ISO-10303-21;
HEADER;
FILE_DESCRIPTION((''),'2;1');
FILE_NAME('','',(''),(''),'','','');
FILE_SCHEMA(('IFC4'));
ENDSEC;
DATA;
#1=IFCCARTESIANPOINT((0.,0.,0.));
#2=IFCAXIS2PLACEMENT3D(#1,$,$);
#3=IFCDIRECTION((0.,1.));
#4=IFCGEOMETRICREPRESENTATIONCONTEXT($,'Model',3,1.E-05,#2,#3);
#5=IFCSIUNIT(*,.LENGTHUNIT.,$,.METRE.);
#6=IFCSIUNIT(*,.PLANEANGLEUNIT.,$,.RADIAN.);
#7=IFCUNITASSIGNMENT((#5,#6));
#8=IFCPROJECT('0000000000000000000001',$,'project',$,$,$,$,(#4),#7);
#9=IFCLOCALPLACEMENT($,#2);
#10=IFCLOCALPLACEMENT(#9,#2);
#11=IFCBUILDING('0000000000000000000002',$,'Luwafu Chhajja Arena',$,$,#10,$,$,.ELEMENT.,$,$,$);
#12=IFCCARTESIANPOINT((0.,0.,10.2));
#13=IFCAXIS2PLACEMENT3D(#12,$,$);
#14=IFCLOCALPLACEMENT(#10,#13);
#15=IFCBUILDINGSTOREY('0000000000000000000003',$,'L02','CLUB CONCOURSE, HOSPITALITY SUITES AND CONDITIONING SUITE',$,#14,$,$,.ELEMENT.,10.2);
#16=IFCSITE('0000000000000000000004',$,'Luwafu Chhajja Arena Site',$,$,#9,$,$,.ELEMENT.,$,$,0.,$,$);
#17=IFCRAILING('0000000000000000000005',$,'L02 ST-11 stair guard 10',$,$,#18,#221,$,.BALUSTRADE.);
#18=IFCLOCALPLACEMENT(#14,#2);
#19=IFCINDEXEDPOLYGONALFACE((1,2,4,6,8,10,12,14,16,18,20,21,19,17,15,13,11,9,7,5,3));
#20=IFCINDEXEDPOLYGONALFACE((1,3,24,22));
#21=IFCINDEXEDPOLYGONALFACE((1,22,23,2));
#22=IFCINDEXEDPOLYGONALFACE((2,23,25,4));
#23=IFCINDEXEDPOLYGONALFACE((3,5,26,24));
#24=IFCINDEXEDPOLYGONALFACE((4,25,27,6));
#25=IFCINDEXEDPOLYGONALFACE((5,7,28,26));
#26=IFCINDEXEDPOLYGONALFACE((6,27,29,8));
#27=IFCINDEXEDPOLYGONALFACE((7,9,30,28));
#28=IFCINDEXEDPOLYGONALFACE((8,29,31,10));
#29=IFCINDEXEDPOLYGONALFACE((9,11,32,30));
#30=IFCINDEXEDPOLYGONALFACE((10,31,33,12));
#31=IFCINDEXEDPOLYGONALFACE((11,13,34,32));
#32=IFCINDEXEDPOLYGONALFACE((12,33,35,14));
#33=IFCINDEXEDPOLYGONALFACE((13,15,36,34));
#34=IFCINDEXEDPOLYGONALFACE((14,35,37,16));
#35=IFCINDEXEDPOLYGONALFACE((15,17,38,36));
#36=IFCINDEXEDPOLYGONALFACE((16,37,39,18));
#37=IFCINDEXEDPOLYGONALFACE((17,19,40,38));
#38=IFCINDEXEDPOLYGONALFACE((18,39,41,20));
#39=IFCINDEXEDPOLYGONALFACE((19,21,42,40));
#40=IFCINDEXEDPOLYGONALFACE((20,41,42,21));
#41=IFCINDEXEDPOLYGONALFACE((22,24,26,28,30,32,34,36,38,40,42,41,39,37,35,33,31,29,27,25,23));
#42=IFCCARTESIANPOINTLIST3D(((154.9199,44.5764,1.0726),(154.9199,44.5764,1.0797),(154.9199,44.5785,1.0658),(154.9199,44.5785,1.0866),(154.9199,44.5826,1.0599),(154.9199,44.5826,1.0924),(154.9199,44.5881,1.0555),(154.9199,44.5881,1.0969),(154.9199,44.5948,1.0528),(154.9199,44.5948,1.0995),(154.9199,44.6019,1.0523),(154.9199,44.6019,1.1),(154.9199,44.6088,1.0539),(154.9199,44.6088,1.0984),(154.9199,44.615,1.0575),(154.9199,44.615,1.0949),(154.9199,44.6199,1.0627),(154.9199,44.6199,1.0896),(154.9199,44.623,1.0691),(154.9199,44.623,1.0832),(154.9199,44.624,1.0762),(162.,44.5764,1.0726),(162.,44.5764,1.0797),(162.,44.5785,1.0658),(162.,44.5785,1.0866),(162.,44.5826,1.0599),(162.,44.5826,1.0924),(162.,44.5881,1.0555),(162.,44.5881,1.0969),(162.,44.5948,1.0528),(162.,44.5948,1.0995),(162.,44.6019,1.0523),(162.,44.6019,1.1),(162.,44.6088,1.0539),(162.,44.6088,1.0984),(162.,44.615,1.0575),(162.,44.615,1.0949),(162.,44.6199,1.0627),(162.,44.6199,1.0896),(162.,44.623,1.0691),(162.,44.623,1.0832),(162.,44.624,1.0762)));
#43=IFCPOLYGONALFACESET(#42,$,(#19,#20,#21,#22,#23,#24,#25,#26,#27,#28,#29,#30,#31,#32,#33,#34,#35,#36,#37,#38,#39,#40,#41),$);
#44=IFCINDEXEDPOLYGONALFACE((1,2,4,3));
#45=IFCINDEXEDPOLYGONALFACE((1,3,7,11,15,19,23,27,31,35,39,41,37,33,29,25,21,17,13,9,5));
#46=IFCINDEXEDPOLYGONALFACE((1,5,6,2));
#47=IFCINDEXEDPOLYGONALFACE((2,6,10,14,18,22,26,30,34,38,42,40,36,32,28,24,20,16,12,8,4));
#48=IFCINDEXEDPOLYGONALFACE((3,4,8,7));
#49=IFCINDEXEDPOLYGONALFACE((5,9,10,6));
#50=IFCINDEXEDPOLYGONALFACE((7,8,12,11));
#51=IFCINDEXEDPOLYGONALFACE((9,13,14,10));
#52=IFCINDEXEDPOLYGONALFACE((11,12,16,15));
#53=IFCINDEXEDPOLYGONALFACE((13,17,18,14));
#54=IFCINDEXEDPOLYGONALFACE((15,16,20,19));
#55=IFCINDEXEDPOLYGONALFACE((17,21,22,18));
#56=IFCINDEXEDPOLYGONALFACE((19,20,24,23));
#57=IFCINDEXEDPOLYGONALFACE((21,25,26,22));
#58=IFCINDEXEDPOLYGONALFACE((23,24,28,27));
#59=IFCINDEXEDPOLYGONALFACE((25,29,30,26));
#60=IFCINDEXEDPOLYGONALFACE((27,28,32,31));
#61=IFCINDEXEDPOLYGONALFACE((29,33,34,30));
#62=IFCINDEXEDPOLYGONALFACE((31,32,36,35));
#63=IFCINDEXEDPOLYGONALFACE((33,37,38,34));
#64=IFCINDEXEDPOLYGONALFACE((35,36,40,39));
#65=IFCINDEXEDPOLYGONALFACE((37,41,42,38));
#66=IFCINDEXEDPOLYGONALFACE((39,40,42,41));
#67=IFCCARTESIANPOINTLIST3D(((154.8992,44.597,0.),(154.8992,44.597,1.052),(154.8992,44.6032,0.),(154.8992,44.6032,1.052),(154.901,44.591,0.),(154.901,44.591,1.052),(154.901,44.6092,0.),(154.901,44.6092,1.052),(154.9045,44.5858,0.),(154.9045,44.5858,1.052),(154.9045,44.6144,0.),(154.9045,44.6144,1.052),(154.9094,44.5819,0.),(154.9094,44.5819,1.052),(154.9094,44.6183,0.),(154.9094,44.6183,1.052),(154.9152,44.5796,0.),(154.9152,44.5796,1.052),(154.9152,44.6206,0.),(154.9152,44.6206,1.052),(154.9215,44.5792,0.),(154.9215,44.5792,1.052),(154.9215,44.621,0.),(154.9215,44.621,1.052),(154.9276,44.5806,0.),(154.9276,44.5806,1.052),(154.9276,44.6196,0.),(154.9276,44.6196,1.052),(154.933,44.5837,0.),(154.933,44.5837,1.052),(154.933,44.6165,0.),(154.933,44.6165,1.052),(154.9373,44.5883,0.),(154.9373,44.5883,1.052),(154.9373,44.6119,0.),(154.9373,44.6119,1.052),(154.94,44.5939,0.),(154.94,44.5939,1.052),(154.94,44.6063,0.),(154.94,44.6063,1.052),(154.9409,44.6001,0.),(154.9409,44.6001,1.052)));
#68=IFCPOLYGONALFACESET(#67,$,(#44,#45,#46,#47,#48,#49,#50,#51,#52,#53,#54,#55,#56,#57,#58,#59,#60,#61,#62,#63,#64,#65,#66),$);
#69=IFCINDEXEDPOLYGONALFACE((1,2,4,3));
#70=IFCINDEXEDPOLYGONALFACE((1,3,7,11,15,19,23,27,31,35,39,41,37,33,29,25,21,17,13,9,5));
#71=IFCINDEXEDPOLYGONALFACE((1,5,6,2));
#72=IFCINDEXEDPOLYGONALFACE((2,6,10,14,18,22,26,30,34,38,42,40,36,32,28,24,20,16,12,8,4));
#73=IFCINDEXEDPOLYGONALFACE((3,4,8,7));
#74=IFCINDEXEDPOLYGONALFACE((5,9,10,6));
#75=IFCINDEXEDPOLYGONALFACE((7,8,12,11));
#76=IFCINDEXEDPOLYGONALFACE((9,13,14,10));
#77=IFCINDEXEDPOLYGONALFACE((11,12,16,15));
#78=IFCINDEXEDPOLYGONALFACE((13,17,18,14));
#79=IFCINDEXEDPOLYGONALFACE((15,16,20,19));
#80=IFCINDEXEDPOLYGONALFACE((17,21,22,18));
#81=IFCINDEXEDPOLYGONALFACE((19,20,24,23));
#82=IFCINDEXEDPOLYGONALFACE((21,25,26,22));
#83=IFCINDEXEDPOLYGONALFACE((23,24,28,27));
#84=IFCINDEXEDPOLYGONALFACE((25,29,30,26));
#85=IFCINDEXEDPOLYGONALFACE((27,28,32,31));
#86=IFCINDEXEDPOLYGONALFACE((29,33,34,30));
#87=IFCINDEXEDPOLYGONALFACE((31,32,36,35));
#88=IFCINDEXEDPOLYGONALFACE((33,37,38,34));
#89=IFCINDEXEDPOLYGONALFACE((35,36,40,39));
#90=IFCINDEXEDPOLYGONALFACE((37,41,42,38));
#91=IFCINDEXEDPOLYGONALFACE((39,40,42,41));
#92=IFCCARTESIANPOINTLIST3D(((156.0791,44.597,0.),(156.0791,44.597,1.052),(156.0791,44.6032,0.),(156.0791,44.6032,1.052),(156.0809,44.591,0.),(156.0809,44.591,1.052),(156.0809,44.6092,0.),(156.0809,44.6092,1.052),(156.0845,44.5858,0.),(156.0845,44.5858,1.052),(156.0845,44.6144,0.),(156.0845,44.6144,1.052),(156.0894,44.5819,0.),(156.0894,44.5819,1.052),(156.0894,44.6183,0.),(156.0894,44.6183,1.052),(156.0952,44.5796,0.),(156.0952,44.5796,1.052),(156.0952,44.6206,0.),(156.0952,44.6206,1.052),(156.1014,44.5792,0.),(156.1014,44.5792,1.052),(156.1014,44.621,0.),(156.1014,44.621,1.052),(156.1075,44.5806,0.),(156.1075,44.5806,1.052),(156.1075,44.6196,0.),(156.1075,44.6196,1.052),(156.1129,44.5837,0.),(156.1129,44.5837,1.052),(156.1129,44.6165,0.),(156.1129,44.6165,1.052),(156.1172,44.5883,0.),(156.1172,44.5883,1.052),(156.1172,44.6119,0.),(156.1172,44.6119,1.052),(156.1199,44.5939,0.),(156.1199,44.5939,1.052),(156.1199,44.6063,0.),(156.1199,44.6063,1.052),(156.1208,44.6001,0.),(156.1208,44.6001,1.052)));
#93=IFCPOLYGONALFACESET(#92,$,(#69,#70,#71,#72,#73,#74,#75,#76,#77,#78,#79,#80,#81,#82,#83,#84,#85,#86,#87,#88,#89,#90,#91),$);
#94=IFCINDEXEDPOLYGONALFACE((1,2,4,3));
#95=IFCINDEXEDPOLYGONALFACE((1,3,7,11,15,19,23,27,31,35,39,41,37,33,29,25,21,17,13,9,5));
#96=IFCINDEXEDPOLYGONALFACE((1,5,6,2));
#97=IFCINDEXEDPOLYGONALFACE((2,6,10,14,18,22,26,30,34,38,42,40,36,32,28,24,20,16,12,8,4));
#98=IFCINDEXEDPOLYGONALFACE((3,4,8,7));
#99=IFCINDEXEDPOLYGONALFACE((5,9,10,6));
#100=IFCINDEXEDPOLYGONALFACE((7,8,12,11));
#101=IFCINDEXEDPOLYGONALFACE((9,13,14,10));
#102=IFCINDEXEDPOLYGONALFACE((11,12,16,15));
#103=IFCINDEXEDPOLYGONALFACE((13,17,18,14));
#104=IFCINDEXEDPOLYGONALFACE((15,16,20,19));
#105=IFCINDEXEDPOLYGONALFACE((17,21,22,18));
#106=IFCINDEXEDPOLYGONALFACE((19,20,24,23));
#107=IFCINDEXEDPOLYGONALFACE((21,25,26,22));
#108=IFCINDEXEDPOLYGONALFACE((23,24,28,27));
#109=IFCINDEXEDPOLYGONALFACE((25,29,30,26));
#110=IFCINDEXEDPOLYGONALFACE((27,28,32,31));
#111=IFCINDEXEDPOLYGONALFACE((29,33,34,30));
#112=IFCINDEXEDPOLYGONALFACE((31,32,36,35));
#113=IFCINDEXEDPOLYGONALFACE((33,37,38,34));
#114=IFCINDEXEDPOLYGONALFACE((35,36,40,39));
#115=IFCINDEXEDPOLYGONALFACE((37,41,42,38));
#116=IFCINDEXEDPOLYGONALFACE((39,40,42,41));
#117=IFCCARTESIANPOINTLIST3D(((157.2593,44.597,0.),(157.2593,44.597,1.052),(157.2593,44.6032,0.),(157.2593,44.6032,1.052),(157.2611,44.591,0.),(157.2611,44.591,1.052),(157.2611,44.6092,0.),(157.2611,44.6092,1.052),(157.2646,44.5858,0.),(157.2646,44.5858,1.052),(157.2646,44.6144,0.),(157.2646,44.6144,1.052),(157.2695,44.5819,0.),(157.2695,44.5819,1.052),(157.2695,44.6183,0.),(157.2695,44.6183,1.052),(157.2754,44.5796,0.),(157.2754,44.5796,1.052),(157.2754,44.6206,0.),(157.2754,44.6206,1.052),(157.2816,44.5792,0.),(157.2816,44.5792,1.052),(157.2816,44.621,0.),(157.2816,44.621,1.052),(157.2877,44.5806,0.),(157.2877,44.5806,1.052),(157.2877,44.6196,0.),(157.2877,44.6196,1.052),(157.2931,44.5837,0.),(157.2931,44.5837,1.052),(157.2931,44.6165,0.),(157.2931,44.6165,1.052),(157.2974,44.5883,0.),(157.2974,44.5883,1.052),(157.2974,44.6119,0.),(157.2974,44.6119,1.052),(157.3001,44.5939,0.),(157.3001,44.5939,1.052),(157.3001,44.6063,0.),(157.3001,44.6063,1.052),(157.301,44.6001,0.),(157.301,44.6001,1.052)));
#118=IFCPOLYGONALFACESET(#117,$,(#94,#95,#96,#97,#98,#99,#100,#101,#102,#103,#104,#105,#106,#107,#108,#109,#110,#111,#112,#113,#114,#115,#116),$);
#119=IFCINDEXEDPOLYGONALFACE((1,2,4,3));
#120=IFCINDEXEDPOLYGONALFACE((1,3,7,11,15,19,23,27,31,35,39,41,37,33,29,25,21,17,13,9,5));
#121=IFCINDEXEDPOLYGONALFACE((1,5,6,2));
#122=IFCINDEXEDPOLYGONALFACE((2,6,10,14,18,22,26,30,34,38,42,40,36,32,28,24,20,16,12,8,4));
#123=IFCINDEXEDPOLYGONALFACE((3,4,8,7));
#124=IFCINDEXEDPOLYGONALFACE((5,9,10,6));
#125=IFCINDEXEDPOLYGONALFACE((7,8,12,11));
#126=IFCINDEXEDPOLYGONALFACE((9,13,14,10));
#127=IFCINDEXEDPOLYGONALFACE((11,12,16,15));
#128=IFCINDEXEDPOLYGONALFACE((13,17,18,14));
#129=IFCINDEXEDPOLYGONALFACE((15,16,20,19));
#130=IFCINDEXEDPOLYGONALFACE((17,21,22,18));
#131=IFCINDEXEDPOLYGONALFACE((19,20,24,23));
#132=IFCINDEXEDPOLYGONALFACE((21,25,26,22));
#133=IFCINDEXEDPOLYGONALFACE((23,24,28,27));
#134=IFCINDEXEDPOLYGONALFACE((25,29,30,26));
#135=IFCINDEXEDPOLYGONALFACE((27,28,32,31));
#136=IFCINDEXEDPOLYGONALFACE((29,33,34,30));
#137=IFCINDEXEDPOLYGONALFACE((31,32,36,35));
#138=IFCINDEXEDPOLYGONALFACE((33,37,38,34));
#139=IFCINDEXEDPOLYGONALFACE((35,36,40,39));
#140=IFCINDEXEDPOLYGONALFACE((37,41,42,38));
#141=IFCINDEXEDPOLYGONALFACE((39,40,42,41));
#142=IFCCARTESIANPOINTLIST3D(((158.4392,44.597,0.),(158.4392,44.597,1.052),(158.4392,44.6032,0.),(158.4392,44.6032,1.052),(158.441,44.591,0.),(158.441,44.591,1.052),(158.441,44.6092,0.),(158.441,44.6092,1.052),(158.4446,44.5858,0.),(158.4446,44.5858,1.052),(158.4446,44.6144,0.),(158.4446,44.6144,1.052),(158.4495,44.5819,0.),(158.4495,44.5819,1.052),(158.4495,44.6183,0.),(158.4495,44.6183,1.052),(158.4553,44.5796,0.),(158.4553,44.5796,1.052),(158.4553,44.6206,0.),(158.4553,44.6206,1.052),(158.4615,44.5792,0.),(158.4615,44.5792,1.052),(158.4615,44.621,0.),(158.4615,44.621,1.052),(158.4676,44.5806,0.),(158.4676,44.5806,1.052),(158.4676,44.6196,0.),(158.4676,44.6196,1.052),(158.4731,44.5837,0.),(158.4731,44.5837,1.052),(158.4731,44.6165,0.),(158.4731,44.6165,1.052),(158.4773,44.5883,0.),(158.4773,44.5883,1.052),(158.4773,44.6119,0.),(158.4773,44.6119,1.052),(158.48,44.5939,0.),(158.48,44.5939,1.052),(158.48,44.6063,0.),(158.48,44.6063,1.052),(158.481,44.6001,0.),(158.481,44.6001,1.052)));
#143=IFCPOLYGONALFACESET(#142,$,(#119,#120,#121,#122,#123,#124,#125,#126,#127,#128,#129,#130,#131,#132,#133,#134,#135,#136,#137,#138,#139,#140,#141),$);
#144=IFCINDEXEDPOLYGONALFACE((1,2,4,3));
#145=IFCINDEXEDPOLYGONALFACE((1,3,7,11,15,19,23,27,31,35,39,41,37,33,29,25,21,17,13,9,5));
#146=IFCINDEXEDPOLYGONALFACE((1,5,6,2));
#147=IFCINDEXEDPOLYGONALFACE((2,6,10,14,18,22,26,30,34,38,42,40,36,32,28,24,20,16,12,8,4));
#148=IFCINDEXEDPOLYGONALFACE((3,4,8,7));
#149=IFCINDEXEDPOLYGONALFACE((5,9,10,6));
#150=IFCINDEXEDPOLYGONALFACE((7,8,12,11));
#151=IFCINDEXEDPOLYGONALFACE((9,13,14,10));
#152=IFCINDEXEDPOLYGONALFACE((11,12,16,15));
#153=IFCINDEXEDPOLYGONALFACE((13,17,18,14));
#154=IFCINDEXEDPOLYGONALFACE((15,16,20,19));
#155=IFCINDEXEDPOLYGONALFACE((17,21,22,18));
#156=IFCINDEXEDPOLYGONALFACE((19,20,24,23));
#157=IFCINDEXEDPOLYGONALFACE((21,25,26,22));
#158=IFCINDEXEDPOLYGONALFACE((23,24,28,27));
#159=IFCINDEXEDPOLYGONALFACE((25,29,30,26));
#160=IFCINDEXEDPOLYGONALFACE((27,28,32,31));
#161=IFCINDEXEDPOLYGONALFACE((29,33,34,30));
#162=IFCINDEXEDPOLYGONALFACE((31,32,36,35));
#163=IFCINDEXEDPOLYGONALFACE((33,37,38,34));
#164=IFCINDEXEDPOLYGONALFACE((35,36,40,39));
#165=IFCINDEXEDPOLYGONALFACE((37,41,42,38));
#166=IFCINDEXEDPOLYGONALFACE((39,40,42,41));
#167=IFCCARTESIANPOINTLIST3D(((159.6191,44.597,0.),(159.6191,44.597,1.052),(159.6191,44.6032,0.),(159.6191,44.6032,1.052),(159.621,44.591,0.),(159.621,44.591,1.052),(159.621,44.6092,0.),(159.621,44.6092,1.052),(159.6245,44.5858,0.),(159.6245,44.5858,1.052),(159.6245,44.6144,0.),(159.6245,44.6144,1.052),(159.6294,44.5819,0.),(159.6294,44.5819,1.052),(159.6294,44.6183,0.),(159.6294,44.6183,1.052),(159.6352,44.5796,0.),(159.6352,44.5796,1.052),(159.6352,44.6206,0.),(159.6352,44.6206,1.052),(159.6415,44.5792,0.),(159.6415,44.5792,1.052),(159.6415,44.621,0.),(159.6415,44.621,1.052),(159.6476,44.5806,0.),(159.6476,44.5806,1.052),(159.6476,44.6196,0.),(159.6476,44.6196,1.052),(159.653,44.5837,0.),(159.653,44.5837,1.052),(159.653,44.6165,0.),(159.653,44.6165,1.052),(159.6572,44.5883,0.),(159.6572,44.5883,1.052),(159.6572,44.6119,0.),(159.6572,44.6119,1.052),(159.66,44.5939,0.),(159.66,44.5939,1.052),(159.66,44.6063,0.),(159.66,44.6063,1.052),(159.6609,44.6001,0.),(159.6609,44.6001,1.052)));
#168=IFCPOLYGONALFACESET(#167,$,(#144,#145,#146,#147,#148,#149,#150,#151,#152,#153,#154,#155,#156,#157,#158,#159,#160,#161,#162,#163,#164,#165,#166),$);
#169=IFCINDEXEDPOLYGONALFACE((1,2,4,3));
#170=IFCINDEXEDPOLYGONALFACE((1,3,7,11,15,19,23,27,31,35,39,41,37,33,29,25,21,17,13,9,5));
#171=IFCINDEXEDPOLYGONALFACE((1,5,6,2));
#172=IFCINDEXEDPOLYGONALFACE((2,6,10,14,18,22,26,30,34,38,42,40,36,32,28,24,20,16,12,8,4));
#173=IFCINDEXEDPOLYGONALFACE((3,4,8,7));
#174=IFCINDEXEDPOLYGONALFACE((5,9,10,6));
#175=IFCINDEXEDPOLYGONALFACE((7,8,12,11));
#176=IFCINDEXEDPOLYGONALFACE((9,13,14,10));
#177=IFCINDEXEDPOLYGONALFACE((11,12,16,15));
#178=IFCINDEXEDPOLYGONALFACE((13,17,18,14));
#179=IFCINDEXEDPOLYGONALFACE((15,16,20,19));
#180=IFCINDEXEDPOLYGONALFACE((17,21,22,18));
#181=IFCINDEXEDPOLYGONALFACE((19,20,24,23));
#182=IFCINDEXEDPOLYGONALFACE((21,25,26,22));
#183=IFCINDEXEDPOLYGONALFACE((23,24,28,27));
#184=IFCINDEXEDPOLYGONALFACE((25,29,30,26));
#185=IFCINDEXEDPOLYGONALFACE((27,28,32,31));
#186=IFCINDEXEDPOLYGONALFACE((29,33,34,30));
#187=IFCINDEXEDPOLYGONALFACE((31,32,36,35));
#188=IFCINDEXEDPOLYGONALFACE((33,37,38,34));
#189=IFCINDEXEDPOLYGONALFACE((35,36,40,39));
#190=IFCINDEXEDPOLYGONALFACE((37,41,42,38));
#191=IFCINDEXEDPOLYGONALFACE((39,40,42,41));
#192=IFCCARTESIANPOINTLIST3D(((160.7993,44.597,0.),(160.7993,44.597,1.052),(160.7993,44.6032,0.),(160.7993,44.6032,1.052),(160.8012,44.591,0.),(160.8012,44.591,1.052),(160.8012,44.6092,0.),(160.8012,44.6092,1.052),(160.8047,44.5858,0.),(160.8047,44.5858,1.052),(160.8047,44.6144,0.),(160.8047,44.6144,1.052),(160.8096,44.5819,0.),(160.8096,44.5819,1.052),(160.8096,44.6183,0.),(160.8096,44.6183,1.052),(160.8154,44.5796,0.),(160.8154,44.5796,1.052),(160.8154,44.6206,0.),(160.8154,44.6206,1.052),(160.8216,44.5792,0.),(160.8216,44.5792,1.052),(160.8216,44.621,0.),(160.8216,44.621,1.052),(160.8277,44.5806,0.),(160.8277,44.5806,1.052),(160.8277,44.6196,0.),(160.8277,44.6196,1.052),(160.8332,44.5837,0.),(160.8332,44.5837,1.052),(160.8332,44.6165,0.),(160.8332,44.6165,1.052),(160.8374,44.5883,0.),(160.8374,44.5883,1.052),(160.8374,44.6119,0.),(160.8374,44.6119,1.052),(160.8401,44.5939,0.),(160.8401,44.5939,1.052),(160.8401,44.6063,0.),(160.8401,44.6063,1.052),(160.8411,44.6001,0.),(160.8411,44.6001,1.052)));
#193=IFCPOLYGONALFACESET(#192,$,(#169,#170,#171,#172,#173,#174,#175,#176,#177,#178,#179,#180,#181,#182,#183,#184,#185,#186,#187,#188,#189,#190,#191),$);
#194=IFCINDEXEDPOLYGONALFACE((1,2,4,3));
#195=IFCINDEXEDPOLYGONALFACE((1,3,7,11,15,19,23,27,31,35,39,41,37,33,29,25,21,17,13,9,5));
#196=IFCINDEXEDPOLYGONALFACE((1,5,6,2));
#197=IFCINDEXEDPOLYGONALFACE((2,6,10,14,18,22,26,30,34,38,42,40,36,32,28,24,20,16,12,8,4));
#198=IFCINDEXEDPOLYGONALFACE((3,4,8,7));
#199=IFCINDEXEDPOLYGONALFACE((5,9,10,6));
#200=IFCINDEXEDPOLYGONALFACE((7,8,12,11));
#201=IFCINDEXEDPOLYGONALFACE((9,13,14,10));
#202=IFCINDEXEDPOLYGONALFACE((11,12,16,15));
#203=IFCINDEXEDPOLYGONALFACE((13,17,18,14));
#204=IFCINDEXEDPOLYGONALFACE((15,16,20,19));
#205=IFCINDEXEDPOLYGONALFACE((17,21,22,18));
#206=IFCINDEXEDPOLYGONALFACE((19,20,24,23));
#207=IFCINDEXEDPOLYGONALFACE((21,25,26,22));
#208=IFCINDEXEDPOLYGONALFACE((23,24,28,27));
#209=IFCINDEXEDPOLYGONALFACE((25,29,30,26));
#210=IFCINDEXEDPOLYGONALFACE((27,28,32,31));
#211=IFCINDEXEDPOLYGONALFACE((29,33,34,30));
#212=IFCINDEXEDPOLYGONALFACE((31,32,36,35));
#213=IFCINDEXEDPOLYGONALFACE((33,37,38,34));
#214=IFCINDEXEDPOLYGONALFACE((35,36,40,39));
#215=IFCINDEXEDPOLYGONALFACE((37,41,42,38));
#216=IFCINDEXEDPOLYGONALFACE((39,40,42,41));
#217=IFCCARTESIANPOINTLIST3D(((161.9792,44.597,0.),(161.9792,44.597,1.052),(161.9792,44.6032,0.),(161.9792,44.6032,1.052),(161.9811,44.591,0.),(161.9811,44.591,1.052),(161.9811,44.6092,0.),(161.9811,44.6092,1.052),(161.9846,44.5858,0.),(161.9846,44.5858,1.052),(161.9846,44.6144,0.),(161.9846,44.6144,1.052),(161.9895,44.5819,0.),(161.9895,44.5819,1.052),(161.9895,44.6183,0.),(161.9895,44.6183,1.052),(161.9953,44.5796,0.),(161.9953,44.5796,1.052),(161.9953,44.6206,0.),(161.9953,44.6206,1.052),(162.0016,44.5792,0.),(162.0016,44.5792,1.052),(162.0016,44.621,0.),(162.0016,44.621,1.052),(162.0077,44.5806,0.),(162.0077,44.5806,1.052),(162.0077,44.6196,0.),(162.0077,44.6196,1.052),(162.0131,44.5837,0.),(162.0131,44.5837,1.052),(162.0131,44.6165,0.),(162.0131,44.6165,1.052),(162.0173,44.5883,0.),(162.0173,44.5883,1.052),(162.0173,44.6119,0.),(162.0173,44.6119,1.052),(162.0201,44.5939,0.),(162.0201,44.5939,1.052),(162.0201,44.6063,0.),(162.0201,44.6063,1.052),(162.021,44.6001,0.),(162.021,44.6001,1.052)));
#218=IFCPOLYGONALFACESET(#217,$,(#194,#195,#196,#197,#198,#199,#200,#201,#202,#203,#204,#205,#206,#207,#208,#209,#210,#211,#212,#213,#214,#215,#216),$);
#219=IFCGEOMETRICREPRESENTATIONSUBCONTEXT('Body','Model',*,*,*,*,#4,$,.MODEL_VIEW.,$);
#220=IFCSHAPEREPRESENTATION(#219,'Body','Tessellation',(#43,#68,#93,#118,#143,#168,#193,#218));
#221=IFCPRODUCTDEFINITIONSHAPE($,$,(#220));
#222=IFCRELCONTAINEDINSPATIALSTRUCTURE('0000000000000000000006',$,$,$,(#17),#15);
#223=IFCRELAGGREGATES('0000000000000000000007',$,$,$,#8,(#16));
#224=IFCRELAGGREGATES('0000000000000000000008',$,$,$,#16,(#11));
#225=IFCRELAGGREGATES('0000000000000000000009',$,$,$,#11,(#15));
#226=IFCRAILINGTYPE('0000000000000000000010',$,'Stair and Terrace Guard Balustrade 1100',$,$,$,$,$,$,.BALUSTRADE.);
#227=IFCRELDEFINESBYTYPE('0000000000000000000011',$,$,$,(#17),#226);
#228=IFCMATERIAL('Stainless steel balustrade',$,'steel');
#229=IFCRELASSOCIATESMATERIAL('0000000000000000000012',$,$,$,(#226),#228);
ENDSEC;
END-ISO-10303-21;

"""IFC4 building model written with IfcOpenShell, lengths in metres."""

from ifc_helpers import new_model, si_unit, direction, frame, origin, origin_2d, place, context, subcontext, project, spatial, circle, extrude, material, type_object, element, save


model = new_model("IFC4")

# Units and contexts
model_context = context("Model", 3, precision=1e-05, world=origin(), true_north=direction((0.0, 1.0)))
body_context = subcontext(model_context, "Body", "Model", "MODEL_VIEW")
ifc_project = project(units=[si_unit("LENGTHUNIT", "METRE"), si_unit("PLANEANGLEUNIT", "RADIAN")], contexts=[model_context])

# Site, building, storey
site_placement = place(None, origin())
site = spatial("IfcSite", under=ifc_project, at=site_placement, Name="Luwafu Chhajja Arena Site", CompositionType="ELEMENT", RefElevation=0.0)
building_placement = place(site_placement, origin())
building = spatial("IfcBuilding", under=site, at=building_placement, Name="Luwafu Chhajja Arena", CompositionType="ELEMENT")
storey_placement = place(building_placement, frame((0.0, 0.0, 10.2)))
storey = spatial("IfcBuildingStorey", under=building, at=storey_placement, Name="L02", Description="CLUB CONCOURSE, HOSPITALITY SUITES AND CONDITIONING SUITE", CompositionType="ELEMENT", Elevation=10.2)

# Railing
ifc_material_1 = material(Name="Stainless steel balustrade", Category="steel")
railing_type_1 = type_object("IfcRailingType", Name="Stair and Terrace Guard Balustrade 1100", PredefinedType="BALUSTRADE", material=ifc_material_1)
railing_1_placement = place(storey_placement, frame((154.9199, 44.6001, 0.0)))
element("IfcRailing", 1, at=railing_1_placement, inside=storey, type_object=railing_type_1, Name="L02 ST-11 stair guard 10", PredefinedType="BALUSTRADE", context=body_context, shape_type="SweptSolid", body=[
    extrude(circle(Radius=0.0239, at=origin_2d()), frame((0.0, 0.0, 1.0762), z_axis=(1.0, 0.0, 0.0), x_axis=(0.0, 1.0, 0.0)), (0.0, 0.0, 1.0), 7.0801),
    extrude(circle(Radius=0.021, at=origin_2d()), origin(), (0.0, 0.0, 1.0), 1.052),
    extrude(circle(Radius=0.021, at=origin_2d()), frame((1.1799, 0.0, 0.0)), (0.0, 0.0, 1.0), 1.052),
    extrude(circle(Radius=0.021, at=origin_2d()), frame((2.3601, 0.0, 0.0)), (0.0, 0.0, 1.0), 1.052),
    extrude(circle(Radius=0.021, at=origin_2d()), frame((3.54, 0.0, 0.0)), (0.0, 0.0, 1.0), 1.052),
    extrude(circle(Radius=0.021, at=origin_2d()), frame((4.72, 0.0, 0.0)), (0.0, 0.0, 1.0), 1.052),
    extrude(circle(Radius=0.021, at=origin_2d()), frame((5.9001, 0.0, 0.0)), (0.0, 0.0, 1.0), 1.052),
    extrude(circle(Radius=0.021, at=origin_2d()), frame((7.0801, 0.0, 0.0)), (0.0, 0.0, 1.0), 1.052),
])

save(model, "model.ifc")
